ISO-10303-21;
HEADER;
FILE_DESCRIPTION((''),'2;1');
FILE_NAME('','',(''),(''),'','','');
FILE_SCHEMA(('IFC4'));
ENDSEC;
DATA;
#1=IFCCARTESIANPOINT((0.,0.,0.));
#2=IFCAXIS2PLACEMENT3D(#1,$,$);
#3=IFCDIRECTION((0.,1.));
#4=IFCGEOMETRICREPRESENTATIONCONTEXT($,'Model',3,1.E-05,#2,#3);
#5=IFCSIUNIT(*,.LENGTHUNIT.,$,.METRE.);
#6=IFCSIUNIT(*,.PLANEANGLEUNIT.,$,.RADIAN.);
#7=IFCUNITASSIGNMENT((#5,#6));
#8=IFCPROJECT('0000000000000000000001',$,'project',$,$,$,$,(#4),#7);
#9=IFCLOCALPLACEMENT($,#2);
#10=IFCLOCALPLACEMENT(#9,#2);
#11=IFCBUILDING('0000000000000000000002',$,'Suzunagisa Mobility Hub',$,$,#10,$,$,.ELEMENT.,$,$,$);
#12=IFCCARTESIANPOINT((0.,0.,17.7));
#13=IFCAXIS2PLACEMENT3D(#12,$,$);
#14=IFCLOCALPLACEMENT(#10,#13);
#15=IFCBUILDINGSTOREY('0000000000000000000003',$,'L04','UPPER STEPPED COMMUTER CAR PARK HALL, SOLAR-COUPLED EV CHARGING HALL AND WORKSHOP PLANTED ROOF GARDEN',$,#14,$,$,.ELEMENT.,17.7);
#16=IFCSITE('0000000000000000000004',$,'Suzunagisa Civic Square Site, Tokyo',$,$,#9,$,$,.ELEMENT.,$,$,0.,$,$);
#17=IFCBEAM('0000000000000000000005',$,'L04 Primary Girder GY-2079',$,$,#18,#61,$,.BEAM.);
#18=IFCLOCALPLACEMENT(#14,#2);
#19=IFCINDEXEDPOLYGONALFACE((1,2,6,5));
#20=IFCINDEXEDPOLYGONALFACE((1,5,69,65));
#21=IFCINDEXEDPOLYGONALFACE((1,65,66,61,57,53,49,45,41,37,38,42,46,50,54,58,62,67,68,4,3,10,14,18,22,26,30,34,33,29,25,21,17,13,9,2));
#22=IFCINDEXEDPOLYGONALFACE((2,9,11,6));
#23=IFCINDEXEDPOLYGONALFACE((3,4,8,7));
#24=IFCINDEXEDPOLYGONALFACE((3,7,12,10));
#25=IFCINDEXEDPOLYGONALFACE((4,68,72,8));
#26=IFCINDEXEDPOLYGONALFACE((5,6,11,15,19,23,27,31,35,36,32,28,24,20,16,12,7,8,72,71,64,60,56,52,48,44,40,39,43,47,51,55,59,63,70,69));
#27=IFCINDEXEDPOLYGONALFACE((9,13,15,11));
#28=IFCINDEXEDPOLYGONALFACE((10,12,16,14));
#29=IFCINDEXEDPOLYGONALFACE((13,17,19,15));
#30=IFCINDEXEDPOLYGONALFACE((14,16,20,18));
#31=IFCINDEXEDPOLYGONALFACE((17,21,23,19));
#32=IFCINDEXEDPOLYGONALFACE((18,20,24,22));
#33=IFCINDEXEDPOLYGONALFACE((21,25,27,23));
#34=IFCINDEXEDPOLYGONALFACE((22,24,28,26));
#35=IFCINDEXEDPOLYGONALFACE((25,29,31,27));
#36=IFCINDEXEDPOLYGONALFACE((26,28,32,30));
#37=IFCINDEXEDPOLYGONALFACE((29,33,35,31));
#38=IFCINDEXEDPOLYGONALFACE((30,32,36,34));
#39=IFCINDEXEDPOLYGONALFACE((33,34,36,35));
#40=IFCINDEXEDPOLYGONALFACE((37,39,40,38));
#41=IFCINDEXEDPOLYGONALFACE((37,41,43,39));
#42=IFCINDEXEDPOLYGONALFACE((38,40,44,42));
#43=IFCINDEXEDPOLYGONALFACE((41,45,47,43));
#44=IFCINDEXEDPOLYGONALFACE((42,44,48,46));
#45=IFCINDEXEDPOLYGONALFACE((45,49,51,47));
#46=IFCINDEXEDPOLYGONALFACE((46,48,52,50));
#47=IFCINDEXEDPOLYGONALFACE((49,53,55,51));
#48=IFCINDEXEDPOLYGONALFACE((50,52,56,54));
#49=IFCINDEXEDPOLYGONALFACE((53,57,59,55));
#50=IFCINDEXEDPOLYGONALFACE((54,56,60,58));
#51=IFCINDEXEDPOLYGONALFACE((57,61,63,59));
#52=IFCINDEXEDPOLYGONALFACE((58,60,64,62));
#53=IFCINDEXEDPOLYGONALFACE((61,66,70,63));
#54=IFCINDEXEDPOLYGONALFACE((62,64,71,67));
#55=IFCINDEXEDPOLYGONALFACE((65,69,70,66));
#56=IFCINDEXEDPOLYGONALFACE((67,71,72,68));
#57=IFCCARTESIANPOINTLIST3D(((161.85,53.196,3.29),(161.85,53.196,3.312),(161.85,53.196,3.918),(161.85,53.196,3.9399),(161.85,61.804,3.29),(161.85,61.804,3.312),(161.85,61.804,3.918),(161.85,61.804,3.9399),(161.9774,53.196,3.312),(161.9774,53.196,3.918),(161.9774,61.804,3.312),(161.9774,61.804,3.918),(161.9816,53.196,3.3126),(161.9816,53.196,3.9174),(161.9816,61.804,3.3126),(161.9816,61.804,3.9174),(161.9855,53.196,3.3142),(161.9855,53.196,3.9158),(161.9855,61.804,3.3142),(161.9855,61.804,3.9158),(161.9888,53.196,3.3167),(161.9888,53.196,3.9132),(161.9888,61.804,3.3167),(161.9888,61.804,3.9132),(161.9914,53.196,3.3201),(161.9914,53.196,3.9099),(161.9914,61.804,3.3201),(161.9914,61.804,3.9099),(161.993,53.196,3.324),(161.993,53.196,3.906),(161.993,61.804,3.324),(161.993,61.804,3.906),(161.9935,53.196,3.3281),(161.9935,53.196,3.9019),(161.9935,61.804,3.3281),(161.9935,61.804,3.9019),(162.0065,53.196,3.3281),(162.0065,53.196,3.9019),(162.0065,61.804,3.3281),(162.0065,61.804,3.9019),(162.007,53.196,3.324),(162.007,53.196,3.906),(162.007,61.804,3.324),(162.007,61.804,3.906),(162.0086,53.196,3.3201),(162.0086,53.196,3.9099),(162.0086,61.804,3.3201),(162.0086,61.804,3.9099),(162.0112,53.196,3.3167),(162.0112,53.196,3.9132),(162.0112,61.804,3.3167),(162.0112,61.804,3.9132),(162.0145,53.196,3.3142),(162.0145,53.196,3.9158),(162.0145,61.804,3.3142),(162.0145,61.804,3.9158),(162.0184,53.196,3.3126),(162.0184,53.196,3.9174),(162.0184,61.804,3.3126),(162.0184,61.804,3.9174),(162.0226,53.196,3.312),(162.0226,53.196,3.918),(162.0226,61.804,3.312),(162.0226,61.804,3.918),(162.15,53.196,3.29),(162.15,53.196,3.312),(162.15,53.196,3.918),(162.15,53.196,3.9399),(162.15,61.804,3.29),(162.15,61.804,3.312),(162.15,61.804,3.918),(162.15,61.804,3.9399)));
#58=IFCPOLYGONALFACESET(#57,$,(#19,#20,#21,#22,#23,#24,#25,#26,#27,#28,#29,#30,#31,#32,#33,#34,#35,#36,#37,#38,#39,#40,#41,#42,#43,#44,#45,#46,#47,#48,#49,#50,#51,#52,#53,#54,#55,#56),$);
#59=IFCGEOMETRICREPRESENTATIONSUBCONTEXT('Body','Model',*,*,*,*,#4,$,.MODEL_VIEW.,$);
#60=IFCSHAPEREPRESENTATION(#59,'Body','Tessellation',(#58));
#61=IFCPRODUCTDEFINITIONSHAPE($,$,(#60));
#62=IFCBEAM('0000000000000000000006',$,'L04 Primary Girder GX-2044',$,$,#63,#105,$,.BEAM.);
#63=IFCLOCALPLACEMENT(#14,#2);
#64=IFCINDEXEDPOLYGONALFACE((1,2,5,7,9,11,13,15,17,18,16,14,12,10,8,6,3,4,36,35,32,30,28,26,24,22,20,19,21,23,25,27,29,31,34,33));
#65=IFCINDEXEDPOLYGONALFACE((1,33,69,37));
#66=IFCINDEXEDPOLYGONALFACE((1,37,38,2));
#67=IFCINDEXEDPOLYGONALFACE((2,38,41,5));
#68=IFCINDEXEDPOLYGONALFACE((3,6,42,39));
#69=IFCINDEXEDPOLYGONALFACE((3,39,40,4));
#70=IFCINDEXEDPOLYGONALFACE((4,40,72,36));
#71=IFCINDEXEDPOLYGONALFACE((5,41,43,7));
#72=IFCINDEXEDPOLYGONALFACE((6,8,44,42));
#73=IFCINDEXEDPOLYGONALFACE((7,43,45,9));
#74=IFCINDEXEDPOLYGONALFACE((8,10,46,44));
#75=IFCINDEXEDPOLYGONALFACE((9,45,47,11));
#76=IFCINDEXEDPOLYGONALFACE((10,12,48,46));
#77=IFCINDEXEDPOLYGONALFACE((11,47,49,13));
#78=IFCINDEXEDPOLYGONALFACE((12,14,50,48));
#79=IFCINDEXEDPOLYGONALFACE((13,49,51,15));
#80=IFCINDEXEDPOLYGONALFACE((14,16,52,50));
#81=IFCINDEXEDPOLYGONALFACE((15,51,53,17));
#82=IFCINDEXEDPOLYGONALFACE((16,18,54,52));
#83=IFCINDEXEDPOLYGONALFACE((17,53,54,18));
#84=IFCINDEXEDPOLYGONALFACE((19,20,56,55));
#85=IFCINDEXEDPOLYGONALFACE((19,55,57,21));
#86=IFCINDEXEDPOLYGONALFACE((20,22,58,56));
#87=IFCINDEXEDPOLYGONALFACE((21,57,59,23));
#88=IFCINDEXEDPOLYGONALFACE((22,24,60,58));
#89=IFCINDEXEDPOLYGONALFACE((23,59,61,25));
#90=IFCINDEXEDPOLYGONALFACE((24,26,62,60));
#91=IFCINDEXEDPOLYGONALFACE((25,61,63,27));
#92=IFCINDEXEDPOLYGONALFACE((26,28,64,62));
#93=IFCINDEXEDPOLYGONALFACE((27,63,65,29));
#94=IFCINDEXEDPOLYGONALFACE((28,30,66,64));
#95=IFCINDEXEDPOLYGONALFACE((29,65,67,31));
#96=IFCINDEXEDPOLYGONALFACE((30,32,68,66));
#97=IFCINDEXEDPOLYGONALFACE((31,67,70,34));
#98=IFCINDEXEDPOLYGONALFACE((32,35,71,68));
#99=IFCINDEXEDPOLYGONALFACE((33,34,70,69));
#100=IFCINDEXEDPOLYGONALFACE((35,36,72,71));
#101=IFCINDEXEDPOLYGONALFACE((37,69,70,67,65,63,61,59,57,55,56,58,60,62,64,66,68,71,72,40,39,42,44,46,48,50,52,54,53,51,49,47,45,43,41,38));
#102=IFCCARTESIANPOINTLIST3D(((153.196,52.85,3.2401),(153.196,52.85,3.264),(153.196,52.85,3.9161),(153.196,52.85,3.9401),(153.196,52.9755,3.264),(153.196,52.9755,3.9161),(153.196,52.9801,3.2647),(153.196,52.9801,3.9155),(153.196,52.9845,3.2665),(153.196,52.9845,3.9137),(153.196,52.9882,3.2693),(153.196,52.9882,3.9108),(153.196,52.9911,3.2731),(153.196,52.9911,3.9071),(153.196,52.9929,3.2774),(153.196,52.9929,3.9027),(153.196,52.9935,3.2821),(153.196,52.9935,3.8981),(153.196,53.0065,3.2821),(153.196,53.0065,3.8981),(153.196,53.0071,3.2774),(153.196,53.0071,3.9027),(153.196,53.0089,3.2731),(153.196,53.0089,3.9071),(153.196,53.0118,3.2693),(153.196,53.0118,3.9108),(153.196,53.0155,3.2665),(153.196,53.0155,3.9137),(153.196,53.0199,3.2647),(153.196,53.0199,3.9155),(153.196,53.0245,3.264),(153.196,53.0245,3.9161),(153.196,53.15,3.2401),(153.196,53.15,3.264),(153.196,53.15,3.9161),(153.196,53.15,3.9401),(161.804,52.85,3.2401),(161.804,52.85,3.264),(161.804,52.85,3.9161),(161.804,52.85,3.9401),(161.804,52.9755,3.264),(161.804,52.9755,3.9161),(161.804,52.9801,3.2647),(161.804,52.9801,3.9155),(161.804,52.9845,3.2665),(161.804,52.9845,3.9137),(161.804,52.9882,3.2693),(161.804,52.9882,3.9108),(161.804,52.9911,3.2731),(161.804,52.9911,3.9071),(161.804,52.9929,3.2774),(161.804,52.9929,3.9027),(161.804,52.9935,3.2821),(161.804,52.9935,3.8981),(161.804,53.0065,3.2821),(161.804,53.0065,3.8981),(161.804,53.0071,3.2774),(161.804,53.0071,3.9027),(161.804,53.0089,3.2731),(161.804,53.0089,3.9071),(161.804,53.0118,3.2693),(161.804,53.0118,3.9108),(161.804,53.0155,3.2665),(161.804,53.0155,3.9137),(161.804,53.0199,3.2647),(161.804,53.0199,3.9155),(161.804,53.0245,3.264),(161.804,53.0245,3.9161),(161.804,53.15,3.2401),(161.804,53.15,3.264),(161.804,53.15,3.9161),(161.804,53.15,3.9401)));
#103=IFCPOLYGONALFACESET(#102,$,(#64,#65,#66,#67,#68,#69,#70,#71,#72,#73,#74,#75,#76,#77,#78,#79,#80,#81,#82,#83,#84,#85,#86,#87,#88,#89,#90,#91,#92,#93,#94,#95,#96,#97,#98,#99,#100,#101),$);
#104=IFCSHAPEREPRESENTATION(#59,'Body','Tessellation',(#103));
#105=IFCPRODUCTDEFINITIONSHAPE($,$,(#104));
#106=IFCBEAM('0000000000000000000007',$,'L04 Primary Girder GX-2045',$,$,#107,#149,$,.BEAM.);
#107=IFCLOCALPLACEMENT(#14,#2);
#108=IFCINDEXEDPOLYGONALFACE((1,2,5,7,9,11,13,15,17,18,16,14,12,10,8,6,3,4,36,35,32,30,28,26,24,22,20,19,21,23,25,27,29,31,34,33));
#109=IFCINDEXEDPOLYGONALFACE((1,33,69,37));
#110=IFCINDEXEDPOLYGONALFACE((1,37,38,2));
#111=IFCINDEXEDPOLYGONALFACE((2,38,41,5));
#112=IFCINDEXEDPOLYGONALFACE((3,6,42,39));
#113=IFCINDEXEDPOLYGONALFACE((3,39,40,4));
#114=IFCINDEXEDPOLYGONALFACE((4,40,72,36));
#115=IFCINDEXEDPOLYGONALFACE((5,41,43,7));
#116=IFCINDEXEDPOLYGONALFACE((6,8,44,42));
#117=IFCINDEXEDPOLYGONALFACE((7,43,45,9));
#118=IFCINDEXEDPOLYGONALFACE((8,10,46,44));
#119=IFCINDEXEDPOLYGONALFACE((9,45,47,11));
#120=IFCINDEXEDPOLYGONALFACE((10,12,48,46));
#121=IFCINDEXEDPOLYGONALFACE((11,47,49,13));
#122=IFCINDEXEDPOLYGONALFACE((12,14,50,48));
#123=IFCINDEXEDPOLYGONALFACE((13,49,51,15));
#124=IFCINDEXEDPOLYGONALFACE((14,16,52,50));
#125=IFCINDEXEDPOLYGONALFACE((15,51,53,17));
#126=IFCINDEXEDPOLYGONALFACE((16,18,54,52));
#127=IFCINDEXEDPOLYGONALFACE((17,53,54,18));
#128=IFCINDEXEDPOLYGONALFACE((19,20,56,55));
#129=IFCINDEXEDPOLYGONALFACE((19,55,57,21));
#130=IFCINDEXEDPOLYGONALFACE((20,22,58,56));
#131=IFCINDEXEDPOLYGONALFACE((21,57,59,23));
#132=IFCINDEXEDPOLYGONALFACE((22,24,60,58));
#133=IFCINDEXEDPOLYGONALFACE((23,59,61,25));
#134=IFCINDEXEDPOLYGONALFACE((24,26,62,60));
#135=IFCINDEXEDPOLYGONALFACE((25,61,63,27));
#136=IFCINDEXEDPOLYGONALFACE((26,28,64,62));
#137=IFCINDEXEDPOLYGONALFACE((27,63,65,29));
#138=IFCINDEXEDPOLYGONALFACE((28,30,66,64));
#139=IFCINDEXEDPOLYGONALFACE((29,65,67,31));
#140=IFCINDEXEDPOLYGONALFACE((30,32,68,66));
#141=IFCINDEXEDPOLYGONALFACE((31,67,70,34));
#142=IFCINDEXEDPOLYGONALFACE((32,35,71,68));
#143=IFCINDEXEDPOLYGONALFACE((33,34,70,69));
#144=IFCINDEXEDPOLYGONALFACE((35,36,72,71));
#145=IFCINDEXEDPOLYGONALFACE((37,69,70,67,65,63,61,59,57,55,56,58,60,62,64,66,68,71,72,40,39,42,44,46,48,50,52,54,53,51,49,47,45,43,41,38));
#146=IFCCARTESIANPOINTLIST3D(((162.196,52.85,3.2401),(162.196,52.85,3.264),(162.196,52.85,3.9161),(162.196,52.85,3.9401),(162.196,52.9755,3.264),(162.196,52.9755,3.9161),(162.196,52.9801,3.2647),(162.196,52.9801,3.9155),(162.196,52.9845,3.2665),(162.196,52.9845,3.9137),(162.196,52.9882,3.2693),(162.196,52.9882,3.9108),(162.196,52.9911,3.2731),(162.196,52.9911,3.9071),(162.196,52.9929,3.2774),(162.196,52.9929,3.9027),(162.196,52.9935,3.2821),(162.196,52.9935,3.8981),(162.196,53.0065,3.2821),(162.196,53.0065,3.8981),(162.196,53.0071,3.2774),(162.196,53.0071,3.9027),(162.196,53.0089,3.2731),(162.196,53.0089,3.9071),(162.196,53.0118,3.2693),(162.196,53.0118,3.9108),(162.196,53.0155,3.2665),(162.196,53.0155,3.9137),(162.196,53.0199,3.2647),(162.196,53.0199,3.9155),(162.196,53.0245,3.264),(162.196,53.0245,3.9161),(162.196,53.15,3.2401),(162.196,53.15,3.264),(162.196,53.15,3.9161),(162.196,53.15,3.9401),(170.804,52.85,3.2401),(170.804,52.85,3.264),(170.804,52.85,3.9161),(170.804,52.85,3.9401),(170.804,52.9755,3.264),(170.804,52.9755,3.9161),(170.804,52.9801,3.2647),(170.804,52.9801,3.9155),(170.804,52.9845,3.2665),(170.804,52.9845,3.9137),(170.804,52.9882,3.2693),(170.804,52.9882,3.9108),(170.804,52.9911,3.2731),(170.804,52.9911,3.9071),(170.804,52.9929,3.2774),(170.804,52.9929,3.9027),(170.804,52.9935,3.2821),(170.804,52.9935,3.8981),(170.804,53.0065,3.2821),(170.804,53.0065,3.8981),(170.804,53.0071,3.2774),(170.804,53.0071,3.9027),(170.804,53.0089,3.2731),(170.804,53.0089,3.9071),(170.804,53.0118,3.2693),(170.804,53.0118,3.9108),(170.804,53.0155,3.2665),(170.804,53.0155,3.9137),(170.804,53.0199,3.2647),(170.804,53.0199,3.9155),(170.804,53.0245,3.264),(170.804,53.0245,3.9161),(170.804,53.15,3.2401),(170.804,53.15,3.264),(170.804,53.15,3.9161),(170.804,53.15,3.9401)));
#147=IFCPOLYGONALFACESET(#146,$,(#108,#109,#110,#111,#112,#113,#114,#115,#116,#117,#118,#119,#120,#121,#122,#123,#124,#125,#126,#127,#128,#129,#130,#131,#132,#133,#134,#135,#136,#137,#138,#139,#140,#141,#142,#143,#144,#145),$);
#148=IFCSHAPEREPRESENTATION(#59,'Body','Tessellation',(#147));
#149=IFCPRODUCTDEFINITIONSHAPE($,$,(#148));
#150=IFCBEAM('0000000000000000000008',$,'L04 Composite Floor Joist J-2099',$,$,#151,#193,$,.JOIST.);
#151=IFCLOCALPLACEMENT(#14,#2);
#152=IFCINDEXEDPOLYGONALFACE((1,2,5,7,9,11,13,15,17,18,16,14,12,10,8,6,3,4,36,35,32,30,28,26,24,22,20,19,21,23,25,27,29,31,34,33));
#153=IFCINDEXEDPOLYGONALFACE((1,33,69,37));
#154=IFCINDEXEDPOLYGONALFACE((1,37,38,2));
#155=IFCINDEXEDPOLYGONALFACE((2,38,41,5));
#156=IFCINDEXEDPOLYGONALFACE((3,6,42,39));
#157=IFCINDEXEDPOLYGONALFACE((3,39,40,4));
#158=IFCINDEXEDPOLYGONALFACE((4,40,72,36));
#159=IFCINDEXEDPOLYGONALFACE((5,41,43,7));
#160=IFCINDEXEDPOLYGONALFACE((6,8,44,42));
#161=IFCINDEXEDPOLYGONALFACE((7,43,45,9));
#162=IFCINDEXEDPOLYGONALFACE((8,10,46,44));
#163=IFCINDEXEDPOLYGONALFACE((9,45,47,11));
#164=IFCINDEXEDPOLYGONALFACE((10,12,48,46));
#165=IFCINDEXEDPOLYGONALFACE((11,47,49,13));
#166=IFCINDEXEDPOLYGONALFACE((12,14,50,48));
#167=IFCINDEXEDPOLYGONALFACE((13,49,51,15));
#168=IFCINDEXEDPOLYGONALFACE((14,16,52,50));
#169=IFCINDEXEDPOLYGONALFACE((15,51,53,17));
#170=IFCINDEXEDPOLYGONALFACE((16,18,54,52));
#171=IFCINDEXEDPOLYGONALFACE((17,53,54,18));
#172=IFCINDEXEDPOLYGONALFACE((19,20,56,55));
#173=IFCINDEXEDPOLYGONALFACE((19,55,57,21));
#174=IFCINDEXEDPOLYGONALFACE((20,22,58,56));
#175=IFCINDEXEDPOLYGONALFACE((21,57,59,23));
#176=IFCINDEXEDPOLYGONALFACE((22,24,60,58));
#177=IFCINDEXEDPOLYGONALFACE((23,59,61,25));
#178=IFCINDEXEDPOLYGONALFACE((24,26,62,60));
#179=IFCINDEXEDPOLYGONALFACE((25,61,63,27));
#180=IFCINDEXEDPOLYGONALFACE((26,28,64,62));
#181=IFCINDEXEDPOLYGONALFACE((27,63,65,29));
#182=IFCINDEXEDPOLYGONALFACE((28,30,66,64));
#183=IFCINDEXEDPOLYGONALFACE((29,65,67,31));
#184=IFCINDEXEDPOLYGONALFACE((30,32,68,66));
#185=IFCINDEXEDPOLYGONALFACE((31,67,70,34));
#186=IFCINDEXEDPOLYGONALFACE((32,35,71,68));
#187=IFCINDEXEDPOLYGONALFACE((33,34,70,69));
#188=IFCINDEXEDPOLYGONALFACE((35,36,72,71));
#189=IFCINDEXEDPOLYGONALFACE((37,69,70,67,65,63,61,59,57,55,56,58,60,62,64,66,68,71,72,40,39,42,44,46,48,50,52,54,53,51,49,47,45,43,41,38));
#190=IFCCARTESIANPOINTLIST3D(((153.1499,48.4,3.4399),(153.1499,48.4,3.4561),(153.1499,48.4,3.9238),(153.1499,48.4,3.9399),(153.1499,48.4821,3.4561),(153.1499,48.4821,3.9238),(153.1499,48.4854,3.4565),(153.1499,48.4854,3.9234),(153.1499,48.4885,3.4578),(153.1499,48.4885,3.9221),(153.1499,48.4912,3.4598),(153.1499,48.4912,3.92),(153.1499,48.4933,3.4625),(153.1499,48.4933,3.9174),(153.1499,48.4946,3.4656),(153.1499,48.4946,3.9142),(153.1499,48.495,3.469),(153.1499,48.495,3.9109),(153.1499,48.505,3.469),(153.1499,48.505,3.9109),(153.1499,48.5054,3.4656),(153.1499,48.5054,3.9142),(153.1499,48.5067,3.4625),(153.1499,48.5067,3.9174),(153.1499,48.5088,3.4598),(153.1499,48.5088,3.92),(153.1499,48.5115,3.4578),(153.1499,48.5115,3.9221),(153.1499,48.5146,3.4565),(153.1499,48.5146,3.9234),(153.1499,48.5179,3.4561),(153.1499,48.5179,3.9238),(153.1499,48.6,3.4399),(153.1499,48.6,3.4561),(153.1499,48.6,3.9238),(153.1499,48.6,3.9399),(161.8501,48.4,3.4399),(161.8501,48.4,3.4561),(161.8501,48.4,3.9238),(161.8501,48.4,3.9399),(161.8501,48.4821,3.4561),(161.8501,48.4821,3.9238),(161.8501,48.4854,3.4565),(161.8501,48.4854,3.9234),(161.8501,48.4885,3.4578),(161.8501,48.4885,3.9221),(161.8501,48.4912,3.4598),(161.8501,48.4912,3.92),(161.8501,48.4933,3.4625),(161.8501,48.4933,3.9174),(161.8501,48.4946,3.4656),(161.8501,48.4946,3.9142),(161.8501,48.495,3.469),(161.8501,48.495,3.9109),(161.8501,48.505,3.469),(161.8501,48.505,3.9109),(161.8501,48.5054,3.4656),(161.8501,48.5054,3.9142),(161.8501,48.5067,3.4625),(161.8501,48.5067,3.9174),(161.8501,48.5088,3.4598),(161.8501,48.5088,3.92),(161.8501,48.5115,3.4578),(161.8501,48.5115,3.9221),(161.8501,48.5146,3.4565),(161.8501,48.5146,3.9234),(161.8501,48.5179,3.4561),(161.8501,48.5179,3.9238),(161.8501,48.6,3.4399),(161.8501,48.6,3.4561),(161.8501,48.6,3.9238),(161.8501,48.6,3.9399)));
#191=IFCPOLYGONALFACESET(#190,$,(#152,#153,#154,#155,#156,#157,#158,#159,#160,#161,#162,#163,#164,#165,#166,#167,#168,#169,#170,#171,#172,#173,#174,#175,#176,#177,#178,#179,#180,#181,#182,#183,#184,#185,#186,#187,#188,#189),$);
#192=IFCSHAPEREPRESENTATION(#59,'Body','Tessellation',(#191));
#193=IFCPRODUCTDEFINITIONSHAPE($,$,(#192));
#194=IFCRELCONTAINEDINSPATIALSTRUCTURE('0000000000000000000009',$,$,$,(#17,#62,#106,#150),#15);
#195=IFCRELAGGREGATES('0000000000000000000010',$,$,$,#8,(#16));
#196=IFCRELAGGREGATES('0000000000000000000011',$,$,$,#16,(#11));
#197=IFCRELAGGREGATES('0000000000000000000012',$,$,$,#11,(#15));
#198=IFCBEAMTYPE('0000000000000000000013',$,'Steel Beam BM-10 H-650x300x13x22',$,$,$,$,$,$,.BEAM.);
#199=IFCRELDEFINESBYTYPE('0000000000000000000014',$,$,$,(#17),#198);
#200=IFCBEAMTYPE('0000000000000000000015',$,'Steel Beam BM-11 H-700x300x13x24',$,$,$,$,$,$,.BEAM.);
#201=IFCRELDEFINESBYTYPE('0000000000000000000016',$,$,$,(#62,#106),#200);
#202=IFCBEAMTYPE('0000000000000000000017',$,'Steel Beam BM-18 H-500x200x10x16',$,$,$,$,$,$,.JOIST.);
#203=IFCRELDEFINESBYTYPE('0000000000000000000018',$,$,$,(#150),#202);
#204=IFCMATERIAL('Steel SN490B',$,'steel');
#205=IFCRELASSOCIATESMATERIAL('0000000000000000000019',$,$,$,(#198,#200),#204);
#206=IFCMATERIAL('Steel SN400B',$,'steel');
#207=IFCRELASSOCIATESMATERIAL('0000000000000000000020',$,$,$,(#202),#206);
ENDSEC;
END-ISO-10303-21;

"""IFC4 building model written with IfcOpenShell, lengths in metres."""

from ifc_helpers import new_model, si_unit, direction, frame, origin, origin_2d, place, context, subcontext, project, spatial, i_section, extrude, material, material_profile, profile_set, type_object, element, save


model = new_model("IFC4")

# Units and contexts
model_context = context("Model", 3, precision=1e-05, world=origin(), true_north=direction((0.0, 1.0)))
body_context = subcontext(model_context, "Body", "Model", "MODEL_VIEW")
ifc_project = project(units=[si_unit("LENGTHUNIT", "METRE"), si_unit("PLANEANGLEUNIT", "RADIAN")], contexts=[model_context])

# Site, building, storey
site_placement = place(None, origin())
site = spatial("IfcSite", under=ifc_project, at=site_placement, Name="Suzunagisa Civic Square Site, Tokyo", CompositionType="ELEMENT", RefElevation=0.0)
building_placement = place(site_placement, origin())
building = spatial("IfcBuilding", under=site, at=building_placement, Name="Suzunagisa Mobility Hub", CompositionType="ELEMENT")
storey_placement = place(building_placement, frame((0.0, 0.0, 17.7)))
storey = spatial("IfcBuildingStorey", under=building, at=storey_placement, Name="L04", Description="UPPER STEPPED COMMUTER CAR PARK HALL, SOLAR-COUPLED EV CHARGING HALL AND WORKSHOP PLANTED ROOF GARDEN", CompositionType="ELEMENT", Elevation=17.7)

# Shared definitions
ifc_material_1 = material(Name="Steel SN490B", Category="steel")

# Beams
ifc_material_profile_1 = material_profile(ifc_material_1, i_section(OverallWidth=0.3, OverallDepth=0.6499, WebThickness=0.0129, FlangeThickness=0.022, FilletRadius=0.0161, at=origin_2d()), Name="H-650x300x13x22")
ifc_profile_set_1 = profile_set([ifc_material_profile_1], Name="Steel SN490B")
beam_type_1 = type_object("IfcBeamType", Name="Steel Beam BM-10 H-650x300x13x22", PredefinedType="BEAM", material=ifc_profile_set_1)
for number, where, z_axis, x_axis, name in (
    (1, (162.0, 53.196, 3.615), (0.0, 1.0, 0.0), (-1.0, 0.0, 0.0), "L04 Primary Girder GY-2079"),
):
    element("IfcBeam", number, at=place(storey_placement, frame(where, z_axis=z_axis, x_axis=x_axis)), inside=storey, type_object=beam_type_1, Name=name, PredefinedType="BEAM", context=body_context, shape_type="SweptSolid", body=[
        extrude(i_section(OverallWidth=0.3, OverallDepth=0.6499, WebThickness=0.0129, FlangeThickness=0.022, FilletRadius=0.0161, at=origin_2d()), origin(), (0.0, 0.0, 1.0), 8.6079),
    ])
ifc_material_profile_2 = material_profile(ifc_material_1, i_section(OverallWidth=0.3, OverallDepth=0.7, WebThickness=0.0129, FlangeThickness=0.0239, FilletRadius=0.0181, at=origin_2d()), Name="H-700x300x13x24")
ifc_profile_set_2 = profile_set([ifc_material_profile_2], Name="Steel SN490B")
beam_type_2 = type_object("IfcBeamType", Name="Steel Beam BM-11 H-700x300x13x24", PredefinedType="BEAM", material=ifc_profile_set_2)
for number, where, z_axis, x_axis, name in (
    (2, (153.196, 53.0, 3.5901), (1.0, 0.0, 0.0), (0.0, 1.0, 0.0), "L04 Primary Girder GX-2044"),
    (3, (162.196, 53.0, 3.5901), (1.0, 0.0, 0.0), (0.0, 1.0, 0.0), "L04 Primary Girder GX-2045"),
):
    element("IfcBeam", number, at=place(storey_placement, frame(where, z_axis=z_axis, x_axis=x_axis)), inside=storey, type_object=beam_type_2, Name=name, PredefinedType="BEAM", context=body_context, shape_type="SweptSolid", body=[
        extrude(i_section(OverallWidth=0.3, OverallDepth=0.7, WebThickness=0.0129, FlangeThickness=0.0239, FilletRadius=0.0181, at=origin_2d()), origin(), (0.0, 0.0, 1.0), 8.6079),
    ])
ifc_material_2 = material(Name="Steel SN400B", Category="steel")
ifc_material_profile_3 = material_profile(ifc_material_2, i_section(OverallWidth=0.2, OverallDepth=0.5, WebThickness=0.01, FlangeThickness=0.0161, FilletRadius=0.0129, at=origin_2d()), Name="H-500x200x10x16")
ifc_profile_set_3 = profile_set([ifc_material_profile_3], Name="Steel SN400B")
beam_type_3 = type_object("IfcBeamType", Name="Steel Beam BM-18 H-500x200x10x16", PredefinedType="JOIST", material=ifc_profile_set_3)
for number, where, z_axis, x_axis, name in (
    (4, (153.1499, 48.5, 3.6899), (1.0, 0.0, 0.0), (0.0, 1.0, 0.0), "L04 Composite Floor Joist J-2099"),
):
    element("IfcBeam", number, at=place(storey_placement, frame(where, z_axis=z_axis, x_axis=x_axis)), inside=storey, type_object=beam_type_3, Name=name, PredefinedType="JOIST", context=body_context, shape_type="SweptSolid", body=[
        extrude(i_section(OverallWidth=0.2, OverallDepth=0.5, WebThickness=0.01, FlangeThickness=0.0161, FilletRadius=0.0129, at=origin_2d()), origin(), (0.0, 0.0, 1.0), 8.7002),
    ])

save(model, "model.ifc")
